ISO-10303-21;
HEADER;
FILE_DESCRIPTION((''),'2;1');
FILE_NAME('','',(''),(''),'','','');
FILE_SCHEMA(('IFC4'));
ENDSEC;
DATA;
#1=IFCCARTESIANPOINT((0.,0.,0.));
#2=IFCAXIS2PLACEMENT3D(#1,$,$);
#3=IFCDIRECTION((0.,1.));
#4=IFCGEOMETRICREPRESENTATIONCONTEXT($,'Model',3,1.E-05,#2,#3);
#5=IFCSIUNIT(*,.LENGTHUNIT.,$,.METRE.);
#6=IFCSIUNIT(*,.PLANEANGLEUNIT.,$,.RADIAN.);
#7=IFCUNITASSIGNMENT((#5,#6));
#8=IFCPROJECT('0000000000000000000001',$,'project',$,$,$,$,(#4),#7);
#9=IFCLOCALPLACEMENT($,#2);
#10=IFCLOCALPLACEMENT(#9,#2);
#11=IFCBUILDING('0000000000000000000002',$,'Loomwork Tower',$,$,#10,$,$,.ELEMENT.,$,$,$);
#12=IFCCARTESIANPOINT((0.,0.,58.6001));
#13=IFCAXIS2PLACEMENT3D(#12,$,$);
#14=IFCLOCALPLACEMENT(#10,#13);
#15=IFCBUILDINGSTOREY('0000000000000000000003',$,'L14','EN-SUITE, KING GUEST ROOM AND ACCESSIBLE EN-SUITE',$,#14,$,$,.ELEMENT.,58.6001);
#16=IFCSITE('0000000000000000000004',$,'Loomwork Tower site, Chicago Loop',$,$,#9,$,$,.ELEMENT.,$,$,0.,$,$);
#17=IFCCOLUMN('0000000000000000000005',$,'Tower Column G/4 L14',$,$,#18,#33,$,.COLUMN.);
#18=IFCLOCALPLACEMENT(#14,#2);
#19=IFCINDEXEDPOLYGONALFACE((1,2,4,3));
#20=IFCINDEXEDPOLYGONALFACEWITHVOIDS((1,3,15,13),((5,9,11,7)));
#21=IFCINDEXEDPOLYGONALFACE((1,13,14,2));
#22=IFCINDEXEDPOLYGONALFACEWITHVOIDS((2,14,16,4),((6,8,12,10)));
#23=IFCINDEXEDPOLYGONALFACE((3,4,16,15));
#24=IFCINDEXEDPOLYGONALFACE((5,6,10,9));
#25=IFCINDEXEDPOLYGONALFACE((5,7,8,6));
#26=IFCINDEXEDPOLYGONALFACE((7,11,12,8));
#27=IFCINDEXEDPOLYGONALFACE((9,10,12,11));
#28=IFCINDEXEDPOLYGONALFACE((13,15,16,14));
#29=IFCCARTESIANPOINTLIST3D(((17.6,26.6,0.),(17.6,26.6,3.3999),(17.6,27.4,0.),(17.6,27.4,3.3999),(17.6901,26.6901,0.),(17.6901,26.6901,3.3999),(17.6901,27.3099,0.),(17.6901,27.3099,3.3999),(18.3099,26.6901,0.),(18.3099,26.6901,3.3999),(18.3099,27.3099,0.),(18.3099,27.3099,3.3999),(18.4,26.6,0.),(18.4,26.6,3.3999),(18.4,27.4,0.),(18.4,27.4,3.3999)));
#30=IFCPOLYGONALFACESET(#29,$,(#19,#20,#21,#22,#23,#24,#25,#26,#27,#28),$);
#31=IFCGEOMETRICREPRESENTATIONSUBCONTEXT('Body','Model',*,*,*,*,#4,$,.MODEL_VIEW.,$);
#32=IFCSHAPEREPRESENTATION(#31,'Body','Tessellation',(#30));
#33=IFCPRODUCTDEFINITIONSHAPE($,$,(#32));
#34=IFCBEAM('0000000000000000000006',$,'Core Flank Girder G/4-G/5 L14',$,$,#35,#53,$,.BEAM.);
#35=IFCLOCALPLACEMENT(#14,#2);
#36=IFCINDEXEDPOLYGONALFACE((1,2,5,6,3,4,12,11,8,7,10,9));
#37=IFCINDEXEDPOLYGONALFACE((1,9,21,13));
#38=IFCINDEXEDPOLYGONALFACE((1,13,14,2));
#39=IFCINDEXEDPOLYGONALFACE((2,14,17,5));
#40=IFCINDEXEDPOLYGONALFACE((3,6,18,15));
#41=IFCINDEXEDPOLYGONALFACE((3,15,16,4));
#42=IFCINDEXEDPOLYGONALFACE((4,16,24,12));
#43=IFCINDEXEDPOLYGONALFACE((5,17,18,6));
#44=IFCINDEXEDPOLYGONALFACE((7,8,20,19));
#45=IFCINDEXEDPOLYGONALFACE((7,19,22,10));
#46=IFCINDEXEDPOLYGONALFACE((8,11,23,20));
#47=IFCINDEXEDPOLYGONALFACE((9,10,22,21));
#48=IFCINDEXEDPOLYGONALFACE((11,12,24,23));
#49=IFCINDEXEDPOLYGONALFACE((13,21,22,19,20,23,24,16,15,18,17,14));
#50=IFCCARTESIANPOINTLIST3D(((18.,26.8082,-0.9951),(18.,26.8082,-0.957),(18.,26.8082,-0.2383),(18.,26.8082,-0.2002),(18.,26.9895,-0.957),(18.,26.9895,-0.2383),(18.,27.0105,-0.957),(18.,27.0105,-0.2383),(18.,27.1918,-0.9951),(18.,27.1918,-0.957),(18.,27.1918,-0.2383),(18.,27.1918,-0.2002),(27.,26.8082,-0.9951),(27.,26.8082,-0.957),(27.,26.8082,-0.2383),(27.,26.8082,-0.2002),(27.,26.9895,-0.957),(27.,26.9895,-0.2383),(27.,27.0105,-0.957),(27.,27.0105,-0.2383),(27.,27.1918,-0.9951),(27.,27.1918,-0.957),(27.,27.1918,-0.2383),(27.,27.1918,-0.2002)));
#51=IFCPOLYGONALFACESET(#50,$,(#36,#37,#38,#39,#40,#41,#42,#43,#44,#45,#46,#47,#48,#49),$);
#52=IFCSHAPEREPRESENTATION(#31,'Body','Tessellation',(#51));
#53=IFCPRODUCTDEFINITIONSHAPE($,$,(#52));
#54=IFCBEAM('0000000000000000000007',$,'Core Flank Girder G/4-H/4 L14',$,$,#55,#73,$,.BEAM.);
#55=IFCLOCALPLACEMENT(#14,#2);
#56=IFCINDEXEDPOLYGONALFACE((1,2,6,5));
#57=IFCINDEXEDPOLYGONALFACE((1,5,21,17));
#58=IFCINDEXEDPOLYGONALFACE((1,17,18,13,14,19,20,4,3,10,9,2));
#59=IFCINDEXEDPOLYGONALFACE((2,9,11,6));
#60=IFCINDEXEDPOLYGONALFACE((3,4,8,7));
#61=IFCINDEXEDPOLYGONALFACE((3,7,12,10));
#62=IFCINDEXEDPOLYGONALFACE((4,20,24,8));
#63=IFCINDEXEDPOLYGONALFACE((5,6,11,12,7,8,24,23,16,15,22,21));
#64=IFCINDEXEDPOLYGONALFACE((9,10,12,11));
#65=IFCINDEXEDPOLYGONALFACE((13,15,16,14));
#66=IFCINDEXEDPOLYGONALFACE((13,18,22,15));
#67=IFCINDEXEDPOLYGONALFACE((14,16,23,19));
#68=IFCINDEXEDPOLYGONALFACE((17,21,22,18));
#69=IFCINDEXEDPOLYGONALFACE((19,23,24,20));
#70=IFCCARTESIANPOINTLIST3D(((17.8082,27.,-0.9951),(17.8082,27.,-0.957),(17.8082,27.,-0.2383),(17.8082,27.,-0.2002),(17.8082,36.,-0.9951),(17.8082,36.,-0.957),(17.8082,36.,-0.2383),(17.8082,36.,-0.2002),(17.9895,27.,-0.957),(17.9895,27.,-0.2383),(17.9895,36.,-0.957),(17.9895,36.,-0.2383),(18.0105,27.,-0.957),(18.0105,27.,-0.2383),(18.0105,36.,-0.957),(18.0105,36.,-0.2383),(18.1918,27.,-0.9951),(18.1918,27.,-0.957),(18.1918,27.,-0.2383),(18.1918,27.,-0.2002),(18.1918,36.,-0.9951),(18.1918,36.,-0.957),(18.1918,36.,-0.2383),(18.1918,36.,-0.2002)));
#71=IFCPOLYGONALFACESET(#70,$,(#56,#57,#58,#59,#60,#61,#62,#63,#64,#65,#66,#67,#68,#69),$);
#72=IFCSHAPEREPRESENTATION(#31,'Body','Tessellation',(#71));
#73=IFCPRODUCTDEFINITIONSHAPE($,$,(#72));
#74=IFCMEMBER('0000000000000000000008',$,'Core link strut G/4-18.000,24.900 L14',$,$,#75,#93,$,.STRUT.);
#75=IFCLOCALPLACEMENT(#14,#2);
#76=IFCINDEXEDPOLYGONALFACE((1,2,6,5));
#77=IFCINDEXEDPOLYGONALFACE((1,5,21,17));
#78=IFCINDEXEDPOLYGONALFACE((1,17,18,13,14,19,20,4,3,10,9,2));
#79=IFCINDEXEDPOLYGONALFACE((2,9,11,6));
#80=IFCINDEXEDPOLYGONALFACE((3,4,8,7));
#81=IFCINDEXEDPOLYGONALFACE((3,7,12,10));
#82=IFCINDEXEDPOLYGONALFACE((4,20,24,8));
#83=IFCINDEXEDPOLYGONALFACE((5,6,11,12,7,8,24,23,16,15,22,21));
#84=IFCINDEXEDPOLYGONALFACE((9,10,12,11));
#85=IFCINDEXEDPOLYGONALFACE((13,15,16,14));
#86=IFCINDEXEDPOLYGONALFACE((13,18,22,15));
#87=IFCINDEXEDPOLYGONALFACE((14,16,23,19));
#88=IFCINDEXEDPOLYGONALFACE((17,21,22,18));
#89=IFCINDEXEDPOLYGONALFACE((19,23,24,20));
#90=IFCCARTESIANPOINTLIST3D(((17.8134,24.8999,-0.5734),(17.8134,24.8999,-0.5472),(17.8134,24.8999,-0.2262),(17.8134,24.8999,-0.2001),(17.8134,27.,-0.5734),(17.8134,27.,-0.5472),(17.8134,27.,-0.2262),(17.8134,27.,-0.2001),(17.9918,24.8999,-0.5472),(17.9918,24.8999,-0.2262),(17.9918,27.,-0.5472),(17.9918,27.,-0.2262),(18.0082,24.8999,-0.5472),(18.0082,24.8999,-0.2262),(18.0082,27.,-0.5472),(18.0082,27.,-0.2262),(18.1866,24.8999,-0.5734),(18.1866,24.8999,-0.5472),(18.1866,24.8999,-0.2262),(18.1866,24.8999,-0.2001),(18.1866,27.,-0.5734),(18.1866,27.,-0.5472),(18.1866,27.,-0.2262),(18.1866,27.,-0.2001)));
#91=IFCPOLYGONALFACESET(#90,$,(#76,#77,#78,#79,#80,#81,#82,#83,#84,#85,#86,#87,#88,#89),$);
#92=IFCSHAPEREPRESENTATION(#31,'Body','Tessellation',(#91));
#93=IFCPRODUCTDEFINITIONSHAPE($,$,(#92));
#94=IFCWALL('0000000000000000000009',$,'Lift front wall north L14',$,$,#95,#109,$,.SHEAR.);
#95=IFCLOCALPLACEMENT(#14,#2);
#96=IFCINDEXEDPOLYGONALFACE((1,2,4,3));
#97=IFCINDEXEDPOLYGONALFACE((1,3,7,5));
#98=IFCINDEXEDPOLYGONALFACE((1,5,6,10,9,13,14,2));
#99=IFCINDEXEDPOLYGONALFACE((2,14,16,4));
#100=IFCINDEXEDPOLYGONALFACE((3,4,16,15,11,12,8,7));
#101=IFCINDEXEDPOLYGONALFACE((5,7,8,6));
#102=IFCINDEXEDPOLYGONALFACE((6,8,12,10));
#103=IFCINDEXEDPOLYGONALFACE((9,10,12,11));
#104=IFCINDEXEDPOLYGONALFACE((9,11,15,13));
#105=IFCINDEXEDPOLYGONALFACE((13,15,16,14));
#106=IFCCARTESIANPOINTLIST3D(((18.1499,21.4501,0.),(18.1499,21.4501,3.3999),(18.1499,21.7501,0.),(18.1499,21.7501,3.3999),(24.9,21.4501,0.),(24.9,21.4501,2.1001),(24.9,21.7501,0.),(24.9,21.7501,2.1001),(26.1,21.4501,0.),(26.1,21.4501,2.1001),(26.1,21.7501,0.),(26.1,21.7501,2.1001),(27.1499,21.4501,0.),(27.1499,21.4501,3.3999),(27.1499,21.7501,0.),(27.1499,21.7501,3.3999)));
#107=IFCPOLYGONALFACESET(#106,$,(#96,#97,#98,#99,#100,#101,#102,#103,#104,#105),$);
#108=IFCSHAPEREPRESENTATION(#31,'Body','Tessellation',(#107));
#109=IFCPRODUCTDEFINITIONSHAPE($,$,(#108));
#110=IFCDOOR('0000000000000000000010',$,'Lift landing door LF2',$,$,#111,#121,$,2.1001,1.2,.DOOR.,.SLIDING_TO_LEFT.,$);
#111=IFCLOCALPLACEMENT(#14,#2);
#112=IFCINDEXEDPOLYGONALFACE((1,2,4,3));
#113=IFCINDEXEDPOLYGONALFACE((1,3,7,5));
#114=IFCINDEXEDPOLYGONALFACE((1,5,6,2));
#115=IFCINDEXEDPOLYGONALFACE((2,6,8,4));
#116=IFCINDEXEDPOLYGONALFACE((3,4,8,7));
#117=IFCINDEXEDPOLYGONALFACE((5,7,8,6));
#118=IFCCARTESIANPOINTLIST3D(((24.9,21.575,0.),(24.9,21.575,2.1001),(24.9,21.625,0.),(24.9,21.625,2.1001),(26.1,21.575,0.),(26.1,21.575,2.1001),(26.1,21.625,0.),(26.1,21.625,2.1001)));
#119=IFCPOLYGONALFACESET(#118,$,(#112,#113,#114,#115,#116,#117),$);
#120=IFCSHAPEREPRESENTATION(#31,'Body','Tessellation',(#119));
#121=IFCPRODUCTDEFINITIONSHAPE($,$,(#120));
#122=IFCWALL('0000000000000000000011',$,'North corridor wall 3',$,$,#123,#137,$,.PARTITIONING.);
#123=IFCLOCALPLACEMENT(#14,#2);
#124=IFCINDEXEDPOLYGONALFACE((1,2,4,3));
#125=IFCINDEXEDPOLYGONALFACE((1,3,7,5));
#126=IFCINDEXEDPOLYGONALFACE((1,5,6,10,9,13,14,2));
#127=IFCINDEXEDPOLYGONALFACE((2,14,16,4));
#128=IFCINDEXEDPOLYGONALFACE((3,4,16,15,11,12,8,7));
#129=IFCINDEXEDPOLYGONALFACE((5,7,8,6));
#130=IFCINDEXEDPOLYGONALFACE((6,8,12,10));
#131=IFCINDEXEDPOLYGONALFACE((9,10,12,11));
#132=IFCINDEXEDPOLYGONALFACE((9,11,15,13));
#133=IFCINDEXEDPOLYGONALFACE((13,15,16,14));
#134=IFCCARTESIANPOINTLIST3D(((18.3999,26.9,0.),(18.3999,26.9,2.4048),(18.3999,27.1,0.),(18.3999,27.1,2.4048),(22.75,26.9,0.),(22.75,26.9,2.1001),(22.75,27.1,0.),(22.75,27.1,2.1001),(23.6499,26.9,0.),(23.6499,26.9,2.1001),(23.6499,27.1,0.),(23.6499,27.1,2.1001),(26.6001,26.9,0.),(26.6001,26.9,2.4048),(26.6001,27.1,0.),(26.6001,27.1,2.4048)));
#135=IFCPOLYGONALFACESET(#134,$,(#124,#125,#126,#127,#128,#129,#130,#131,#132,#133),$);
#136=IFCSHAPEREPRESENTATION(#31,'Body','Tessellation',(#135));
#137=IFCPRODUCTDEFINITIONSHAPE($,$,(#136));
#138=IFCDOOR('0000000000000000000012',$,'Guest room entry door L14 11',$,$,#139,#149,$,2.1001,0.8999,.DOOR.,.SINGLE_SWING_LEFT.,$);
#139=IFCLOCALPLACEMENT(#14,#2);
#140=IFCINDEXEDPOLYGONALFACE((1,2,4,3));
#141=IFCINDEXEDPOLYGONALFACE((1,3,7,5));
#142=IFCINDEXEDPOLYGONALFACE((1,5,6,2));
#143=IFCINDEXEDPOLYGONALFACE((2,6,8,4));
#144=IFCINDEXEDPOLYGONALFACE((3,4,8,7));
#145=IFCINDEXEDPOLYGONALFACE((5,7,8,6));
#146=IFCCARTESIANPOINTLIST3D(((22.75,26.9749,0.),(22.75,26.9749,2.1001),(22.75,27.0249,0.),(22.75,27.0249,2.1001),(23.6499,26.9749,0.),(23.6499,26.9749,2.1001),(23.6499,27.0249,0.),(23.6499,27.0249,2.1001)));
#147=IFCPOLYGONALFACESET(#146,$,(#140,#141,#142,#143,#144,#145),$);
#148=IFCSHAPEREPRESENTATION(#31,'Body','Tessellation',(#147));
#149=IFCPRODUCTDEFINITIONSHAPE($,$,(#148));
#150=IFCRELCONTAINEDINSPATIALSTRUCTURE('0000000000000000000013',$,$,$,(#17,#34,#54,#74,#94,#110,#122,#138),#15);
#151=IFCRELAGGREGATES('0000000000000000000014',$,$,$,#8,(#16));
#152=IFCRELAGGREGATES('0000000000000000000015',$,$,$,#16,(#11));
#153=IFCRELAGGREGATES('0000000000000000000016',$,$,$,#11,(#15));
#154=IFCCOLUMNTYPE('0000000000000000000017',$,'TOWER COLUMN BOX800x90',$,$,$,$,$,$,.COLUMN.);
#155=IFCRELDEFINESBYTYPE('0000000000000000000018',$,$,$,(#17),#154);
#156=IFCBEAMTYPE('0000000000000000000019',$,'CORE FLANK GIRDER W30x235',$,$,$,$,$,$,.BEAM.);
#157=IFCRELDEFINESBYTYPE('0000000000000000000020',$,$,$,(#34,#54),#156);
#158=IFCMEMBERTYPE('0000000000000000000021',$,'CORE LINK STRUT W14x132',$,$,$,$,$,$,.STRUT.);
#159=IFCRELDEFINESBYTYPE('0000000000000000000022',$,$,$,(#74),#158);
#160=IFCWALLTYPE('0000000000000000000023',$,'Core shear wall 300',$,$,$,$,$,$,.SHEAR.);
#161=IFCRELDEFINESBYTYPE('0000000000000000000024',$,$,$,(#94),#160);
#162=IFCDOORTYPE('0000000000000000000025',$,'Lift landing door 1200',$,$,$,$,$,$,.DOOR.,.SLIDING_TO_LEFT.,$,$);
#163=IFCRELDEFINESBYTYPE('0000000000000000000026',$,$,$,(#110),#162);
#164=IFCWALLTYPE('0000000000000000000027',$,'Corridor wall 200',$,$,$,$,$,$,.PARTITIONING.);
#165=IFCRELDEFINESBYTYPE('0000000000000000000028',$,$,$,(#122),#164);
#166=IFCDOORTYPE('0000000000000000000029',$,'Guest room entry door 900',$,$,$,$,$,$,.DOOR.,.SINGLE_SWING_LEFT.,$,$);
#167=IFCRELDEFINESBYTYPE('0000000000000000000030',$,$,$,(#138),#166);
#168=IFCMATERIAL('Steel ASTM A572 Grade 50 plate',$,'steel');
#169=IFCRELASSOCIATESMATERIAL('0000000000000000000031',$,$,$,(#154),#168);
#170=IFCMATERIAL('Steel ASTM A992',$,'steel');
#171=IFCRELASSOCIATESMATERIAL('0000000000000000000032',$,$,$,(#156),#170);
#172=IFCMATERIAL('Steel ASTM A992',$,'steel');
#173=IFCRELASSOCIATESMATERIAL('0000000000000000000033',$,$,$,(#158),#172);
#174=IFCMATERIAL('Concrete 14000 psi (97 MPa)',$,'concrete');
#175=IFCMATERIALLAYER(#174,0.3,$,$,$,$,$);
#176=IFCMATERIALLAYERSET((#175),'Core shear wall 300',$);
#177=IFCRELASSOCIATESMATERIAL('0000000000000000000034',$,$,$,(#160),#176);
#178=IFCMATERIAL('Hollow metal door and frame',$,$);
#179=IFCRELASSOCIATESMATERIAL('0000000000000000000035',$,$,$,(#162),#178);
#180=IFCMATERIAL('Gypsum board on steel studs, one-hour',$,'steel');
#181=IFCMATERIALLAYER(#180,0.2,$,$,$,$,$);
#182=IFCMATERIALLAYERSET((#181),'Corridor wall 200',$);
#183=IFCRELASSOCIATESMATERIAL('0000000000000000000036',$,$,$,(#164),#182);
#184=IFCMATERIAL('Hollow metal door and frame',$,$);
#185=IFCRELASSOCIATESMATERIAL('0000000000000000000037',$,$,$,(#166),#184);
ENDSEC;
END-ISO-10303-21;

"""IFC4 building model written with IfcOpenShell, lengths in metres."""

from ifc_helpers import new_model, si_unit, direction, frame, frame_2d, origin, origin_2d, place, context, subcontext, project, spatial, rectangle, hollow_rectangle, i_section, extrude, material, layer, layer_set, material_profile, profile_set, type_object, element, fill, save


model = new_model("IFC4")

# Units and contexts
model_context = context("Model", 3, precision=1e-05, world=origin(), true_north=direction((0.0, 1.0)))
body_context = subcontext(model_context, "Body", "Model", "MODEL_VIEW")
ifc_project = project(units=[si_unit("LENGTHUNIT", "METRE"), si_unit("PLANEANGLEUNIT", "RADIAN")], contexts=[model_context])

# Site, building, storey
site_placement = place(None, origin())
site = spatial("IfcSite", under=ifc_project, at=site_placement, Name="Loomwork Tower site, Chicago Loop", CompositionType="ELEMENT", RefElevation=0.0)
building_placement = place(site_placement, origin())
building = spatial("IfcBuilding", under=site, at=building_placement, Name="Loomwork Tower", CompositionType="ELEMENT")
storey_placement = place(building_placement, frame((0.0, 0.0, 58.6001)))
storey = spatial("IfcBuildingStorey", under=building, at=storey_placement, Name="L14", Description="EN-SUITE, KING GUEST ROOM AND ACCESSIBLE EN-SUITE", CompositionType="ELEMENT", Elevation=58.6001)

# Column
ifc_material_1 = material(Name="Steel ASTM A572 Grade 50 plate", Category="steel")
ifc_material_profile_1 = material_profile(ifc_material_1, hollow_rectangle(XDim=0.8, YDim=0.8, WallThickness=0.0901, at=origin_2d()), Name="BOX800x90")
ifc_profile_set_1 = profile_set([ifc_material_profile_1], Name="Steel ASTM A572 Grade 50 plate")
column_type = type_object("IfcColumnType", Name="TOWER COLUMN BOX800x90", PredefinedType="COLUMN", material=ifc_profile_set_1)
column_placement = place(storey_placement, frame((18.0, 27.0, 0.0), z_axis=(0.0, 0.0, 1.0), x_axis=(1.0, 0.0, 0.0)))
element("IfcColumn", 1, at=column_placement, inside=storey, type_object=column_type, Name="Tower Column G/4 L14", PredefinedType="COLUMN", context=body_context, shape_type="SweptSolid", body=[
    extrude(hollow_rectangle(XDim=0.8, YDim=0.8, WallThickness=0.0901, at=origin_2d()), origin(), (0.0, 0.0, 1.0), 3.3999),
])

# Beams
ifc_material_2 = material(Name="Steel ASTM A992", Category="steel")
ifc_material_profile_2 = material_profile(ifc_material_2, i_section(OverallWidth=0.3835, OverallDepth=0.7949, WebThickness=0.021, FlangeThickness=0.0381, at=origin_2d()), Name="W30x235")
ifc_profile_set_2 = profile_set([ifc_material_profile_2], Name="Steel ASTM A992")
beam_type = type_object("IfcBeamType", Name="CORE FLANK GIRDER W30x235", PredefinedType="BEAM", material=ifc_profile_set_2)
for number, where, z_axis, x_axis, name in (
    (2, (18.0, 27.0, -0.5977), (1.0, 0.0, 0.0), (0.0, 1.0, 0.0), "Core Flank Girder G/4-G/5 L14"),
    (3, (18.0, 27.0, -0.5977), (0.0, 1.0, 0.0), (-1.0, 0.0, 0.0), "Core Flank Girder G/4-H/4 L14"),
):
    element("IfcBeam", number, at=place(storey_placement, frame(where, z_axis=z_axis, x_axis=x_axis)), inside=storey, type_object=beam_type, Name=name, PredefinedType="BEAM", context=body_context, shape_type="SweptSolid", body=[
        extrude(i_section(OverallWidth=0.3835, OverallDepth=0.7949, WebThickness=0.021, FlangeThickness=0.0381, at=origin_2d()), origin(), (0.0, 0.0, 1.0), 9.0),
    ])

# Member
ifc_material_3 = material(Name="Steel ASTM A992", Category="steel")
ifc_material_profile_3 = material_profile(ifc_material_3, i_section(OverallWidth=0.3733, OverallDepth=0.3733, WebThickness=0.0164, FlangeThickness=0.0261, at=origin_2d()), Name="W14x132")
ifc_profile_set_3 = profile_set([ifc_material_profile_3], Name="Steel ASTM A992")
member_type = type_object("IfcMemberType", Name="CORE LINK STRUT W14x132", PredefinedType="STRUT", material=ifc_profile_set_3)
member_placement = place(storey_placement, frame((18.0, 27.0, -0.3867), z_axis=(0.0, -1.0, 0.0), x_axis=(1.0, 0.0, 0.0)))
element("IfcMember", 4, at=member_placement, inside=storey, type_object=member_type, Name="Core link strut G/4-18.000,24.900 L14", PredefinedType="STRUT", context=body_context, shape_type="SweptSolid", body=[
    extrude(i_section(OverallWidth=0.3733, OverallDepth=0.3733, WebThickness=0.0164, FlangeThickness=0.0261, at=origin_2d()), origin(), (0.0, 0.0, 1.0), 2.1001),
])

# Walls, openings, doors
ifc_material_4 = material(Name="Concrete 14000 psi (97 MPa)", Category="concrete")
ifc_layer_1 = layer(ifc_material_4, 0.3)
ifc_layer_set_1 = layer_set([ifc_layer_1], Name="Core shear wall 300")
wall_type_1 = type_object("IfcWallType", Name="Core shear wall 300", PredefinedType="SHEAR", material=ifc_layer_set_1)
wall_1_placement = place(storey_placement, frame((18.1499, 21.6001, 0.0), z_axis=(0.0, 0.0, 1.0), x_axis=(1.0, 0.0, 0.0)))
wall_1 = element("IfcWall", 5, at=wall_1_placement, inside=storey, type_object=wall_type_1, Name="Lift front wall north L14", PredefinedType="SHEAR", context=body_context, shape_type="SweptSolid", body=[
    extrude(rectangle(XDim=9.0, YDim=0.3, at=frame_2d((4.5, 0.0))), origin(), (0.0, 0.0, 1.0), 3.3999),
])
opening_1_placement = place(wall_1_placement, frame((6.75, 0.0, 0.0)))
opening_1 = element("IfcOpeningElement", 6, at=opening_1_placement, cuts=wall_1, PredefinedType="OPENING", context=body_context, shape_type="SweptSolid", body=[
    extrude(rectangle(XDim=1.2, YDim=2.1001, at=frame_2d((0.6001, 1.05))), frame((0.0, 0.1599, 0.0), z_axis=(0.0, -1.0, 0.0), x_axis=(1.0, 0.0, 0.0)), (0.0, 0.0, 1.0), 0.3201),
])
ifc_material_5 = material(Name="Hollow metal door and frame")
door_type_1 = type_object("IfcDoorType", Name="Lift landing door 1200", OperationType="SLIDING_TO_LEFT", PredefinedType="DOOR", material=ifc_material_5)
door_1_placement = place(opening_1_placement, origin())
door_1 = element("IfcDoor", 7, at=door_1_placement, inside=storey, type_object=door_type_1, Name="Lift landing door LF2", OperationType="SLIDING_TO_LEFT", OverallHeight=2.1001, OverallWidth=1.2, PredefinedType="DOOR", context=body_context, shape_type="SweptSolid", body=[
    extrude(rectangle(XDim=1.2, YDim=2.1001, at=frame_2d((0.6001, 1.05))), frame((0.0, 0.0249, 0.0), z_axis=(0.0, -1.0, 0.0), x_axis=(1.0, 0.0, 0.0)), (0.0, 0.0, 1.0), 0.05),
])
fill(opening_1, door_1)
ifc_material_6 = material(Name="Gypsum board on steel studs, one-hour", Category="steel")
ifc_layer_2 = layer(ifc_material_6, 0.2)
ifc_layer_set_2 = layer_set([ifc_layer_2], Name="Corridor wall 200")
wall_type_2 = type_object("IfcWallType", Name="Corridor wall 200", PredefinedType="PARTITIONING", material=ifc_layer_set_2)
wall_2_placement = place(storey_placement, frame((18.3999, 27.0, 0.0), z_axis=(0.0, 0.0, 1.0), x_axis=(1.0, 0.0, 0.0)))
wall_2 = element("IfcWall", 8, at=wall_2_placement, inside=storey, type_object=wall_type_2, Name="North corridor wall 3", PredefinedType="PARTITIONING", context=body_context, shape_type="SweptSolid", body=[
    extrude(rectangle(XDim=8.2002, YDim=0.2, at=frame_2d((4.1001, 0.0))), origin(), (0.0, 0.0, 1.0), 2.4048),
])
opening_2_placement = place(wall_2_placement, frame((4.3501, 0.0, 0.0)))
opening_2 = element("IfcOpeningElement", 9, at=opening_2_placement, cuts=wall_2, PredefinedType="OPENING", context=body_context, shape_type="SweptSolid", body=[
    extrude(rectangle(XDim=0.8999, YDim=2.1001, at=frame_2d((0.45, 1.05))), frame((0.0, 0.1099, 0.0), z_axis=(0.0, -1.0, 0.0), x_axis=(1.0, 0.0, 0.0)), (0.0, 0.0, 1.0), 0.22),
])
ifc_material_7 = material(Name="Hollow metal door and frame")
door_type_2 = type_object("IfcDoorType", Name="Guest room entry door 900", OperationType="SINGLE_SWING_LEFT", PredefinedType="DOOR", material=ifc_material_7)
door_2_placement = place(opening_2_placement, origin())
door_2 = element("IfcDoor", 10, at=door_2_placement, inside=storey, type_object=door_type_2, Name="Guest room entry door L14 11", OperationType="SINGLE_SWING_LEFT", OverallHeight=2.1001, OverallWidth=0.8999, PredefinedType="DOOR", context=body_context, shape_type="SweptSolid", body=[
    extrude(rectangle(XDim=0.8999, YDim=2.1001, at=frame_2d((0.45, 1.05))), frame((0.0, 0.0249, 0.0), z_axis=(0.0, -1.0, 0.0), x_axis=(1.0, 0.0, 0.0)), (0.0, 0.0, 1.0), 0.05),
])
fill(opening_2, door_2)

save(model, "model.ifc")
